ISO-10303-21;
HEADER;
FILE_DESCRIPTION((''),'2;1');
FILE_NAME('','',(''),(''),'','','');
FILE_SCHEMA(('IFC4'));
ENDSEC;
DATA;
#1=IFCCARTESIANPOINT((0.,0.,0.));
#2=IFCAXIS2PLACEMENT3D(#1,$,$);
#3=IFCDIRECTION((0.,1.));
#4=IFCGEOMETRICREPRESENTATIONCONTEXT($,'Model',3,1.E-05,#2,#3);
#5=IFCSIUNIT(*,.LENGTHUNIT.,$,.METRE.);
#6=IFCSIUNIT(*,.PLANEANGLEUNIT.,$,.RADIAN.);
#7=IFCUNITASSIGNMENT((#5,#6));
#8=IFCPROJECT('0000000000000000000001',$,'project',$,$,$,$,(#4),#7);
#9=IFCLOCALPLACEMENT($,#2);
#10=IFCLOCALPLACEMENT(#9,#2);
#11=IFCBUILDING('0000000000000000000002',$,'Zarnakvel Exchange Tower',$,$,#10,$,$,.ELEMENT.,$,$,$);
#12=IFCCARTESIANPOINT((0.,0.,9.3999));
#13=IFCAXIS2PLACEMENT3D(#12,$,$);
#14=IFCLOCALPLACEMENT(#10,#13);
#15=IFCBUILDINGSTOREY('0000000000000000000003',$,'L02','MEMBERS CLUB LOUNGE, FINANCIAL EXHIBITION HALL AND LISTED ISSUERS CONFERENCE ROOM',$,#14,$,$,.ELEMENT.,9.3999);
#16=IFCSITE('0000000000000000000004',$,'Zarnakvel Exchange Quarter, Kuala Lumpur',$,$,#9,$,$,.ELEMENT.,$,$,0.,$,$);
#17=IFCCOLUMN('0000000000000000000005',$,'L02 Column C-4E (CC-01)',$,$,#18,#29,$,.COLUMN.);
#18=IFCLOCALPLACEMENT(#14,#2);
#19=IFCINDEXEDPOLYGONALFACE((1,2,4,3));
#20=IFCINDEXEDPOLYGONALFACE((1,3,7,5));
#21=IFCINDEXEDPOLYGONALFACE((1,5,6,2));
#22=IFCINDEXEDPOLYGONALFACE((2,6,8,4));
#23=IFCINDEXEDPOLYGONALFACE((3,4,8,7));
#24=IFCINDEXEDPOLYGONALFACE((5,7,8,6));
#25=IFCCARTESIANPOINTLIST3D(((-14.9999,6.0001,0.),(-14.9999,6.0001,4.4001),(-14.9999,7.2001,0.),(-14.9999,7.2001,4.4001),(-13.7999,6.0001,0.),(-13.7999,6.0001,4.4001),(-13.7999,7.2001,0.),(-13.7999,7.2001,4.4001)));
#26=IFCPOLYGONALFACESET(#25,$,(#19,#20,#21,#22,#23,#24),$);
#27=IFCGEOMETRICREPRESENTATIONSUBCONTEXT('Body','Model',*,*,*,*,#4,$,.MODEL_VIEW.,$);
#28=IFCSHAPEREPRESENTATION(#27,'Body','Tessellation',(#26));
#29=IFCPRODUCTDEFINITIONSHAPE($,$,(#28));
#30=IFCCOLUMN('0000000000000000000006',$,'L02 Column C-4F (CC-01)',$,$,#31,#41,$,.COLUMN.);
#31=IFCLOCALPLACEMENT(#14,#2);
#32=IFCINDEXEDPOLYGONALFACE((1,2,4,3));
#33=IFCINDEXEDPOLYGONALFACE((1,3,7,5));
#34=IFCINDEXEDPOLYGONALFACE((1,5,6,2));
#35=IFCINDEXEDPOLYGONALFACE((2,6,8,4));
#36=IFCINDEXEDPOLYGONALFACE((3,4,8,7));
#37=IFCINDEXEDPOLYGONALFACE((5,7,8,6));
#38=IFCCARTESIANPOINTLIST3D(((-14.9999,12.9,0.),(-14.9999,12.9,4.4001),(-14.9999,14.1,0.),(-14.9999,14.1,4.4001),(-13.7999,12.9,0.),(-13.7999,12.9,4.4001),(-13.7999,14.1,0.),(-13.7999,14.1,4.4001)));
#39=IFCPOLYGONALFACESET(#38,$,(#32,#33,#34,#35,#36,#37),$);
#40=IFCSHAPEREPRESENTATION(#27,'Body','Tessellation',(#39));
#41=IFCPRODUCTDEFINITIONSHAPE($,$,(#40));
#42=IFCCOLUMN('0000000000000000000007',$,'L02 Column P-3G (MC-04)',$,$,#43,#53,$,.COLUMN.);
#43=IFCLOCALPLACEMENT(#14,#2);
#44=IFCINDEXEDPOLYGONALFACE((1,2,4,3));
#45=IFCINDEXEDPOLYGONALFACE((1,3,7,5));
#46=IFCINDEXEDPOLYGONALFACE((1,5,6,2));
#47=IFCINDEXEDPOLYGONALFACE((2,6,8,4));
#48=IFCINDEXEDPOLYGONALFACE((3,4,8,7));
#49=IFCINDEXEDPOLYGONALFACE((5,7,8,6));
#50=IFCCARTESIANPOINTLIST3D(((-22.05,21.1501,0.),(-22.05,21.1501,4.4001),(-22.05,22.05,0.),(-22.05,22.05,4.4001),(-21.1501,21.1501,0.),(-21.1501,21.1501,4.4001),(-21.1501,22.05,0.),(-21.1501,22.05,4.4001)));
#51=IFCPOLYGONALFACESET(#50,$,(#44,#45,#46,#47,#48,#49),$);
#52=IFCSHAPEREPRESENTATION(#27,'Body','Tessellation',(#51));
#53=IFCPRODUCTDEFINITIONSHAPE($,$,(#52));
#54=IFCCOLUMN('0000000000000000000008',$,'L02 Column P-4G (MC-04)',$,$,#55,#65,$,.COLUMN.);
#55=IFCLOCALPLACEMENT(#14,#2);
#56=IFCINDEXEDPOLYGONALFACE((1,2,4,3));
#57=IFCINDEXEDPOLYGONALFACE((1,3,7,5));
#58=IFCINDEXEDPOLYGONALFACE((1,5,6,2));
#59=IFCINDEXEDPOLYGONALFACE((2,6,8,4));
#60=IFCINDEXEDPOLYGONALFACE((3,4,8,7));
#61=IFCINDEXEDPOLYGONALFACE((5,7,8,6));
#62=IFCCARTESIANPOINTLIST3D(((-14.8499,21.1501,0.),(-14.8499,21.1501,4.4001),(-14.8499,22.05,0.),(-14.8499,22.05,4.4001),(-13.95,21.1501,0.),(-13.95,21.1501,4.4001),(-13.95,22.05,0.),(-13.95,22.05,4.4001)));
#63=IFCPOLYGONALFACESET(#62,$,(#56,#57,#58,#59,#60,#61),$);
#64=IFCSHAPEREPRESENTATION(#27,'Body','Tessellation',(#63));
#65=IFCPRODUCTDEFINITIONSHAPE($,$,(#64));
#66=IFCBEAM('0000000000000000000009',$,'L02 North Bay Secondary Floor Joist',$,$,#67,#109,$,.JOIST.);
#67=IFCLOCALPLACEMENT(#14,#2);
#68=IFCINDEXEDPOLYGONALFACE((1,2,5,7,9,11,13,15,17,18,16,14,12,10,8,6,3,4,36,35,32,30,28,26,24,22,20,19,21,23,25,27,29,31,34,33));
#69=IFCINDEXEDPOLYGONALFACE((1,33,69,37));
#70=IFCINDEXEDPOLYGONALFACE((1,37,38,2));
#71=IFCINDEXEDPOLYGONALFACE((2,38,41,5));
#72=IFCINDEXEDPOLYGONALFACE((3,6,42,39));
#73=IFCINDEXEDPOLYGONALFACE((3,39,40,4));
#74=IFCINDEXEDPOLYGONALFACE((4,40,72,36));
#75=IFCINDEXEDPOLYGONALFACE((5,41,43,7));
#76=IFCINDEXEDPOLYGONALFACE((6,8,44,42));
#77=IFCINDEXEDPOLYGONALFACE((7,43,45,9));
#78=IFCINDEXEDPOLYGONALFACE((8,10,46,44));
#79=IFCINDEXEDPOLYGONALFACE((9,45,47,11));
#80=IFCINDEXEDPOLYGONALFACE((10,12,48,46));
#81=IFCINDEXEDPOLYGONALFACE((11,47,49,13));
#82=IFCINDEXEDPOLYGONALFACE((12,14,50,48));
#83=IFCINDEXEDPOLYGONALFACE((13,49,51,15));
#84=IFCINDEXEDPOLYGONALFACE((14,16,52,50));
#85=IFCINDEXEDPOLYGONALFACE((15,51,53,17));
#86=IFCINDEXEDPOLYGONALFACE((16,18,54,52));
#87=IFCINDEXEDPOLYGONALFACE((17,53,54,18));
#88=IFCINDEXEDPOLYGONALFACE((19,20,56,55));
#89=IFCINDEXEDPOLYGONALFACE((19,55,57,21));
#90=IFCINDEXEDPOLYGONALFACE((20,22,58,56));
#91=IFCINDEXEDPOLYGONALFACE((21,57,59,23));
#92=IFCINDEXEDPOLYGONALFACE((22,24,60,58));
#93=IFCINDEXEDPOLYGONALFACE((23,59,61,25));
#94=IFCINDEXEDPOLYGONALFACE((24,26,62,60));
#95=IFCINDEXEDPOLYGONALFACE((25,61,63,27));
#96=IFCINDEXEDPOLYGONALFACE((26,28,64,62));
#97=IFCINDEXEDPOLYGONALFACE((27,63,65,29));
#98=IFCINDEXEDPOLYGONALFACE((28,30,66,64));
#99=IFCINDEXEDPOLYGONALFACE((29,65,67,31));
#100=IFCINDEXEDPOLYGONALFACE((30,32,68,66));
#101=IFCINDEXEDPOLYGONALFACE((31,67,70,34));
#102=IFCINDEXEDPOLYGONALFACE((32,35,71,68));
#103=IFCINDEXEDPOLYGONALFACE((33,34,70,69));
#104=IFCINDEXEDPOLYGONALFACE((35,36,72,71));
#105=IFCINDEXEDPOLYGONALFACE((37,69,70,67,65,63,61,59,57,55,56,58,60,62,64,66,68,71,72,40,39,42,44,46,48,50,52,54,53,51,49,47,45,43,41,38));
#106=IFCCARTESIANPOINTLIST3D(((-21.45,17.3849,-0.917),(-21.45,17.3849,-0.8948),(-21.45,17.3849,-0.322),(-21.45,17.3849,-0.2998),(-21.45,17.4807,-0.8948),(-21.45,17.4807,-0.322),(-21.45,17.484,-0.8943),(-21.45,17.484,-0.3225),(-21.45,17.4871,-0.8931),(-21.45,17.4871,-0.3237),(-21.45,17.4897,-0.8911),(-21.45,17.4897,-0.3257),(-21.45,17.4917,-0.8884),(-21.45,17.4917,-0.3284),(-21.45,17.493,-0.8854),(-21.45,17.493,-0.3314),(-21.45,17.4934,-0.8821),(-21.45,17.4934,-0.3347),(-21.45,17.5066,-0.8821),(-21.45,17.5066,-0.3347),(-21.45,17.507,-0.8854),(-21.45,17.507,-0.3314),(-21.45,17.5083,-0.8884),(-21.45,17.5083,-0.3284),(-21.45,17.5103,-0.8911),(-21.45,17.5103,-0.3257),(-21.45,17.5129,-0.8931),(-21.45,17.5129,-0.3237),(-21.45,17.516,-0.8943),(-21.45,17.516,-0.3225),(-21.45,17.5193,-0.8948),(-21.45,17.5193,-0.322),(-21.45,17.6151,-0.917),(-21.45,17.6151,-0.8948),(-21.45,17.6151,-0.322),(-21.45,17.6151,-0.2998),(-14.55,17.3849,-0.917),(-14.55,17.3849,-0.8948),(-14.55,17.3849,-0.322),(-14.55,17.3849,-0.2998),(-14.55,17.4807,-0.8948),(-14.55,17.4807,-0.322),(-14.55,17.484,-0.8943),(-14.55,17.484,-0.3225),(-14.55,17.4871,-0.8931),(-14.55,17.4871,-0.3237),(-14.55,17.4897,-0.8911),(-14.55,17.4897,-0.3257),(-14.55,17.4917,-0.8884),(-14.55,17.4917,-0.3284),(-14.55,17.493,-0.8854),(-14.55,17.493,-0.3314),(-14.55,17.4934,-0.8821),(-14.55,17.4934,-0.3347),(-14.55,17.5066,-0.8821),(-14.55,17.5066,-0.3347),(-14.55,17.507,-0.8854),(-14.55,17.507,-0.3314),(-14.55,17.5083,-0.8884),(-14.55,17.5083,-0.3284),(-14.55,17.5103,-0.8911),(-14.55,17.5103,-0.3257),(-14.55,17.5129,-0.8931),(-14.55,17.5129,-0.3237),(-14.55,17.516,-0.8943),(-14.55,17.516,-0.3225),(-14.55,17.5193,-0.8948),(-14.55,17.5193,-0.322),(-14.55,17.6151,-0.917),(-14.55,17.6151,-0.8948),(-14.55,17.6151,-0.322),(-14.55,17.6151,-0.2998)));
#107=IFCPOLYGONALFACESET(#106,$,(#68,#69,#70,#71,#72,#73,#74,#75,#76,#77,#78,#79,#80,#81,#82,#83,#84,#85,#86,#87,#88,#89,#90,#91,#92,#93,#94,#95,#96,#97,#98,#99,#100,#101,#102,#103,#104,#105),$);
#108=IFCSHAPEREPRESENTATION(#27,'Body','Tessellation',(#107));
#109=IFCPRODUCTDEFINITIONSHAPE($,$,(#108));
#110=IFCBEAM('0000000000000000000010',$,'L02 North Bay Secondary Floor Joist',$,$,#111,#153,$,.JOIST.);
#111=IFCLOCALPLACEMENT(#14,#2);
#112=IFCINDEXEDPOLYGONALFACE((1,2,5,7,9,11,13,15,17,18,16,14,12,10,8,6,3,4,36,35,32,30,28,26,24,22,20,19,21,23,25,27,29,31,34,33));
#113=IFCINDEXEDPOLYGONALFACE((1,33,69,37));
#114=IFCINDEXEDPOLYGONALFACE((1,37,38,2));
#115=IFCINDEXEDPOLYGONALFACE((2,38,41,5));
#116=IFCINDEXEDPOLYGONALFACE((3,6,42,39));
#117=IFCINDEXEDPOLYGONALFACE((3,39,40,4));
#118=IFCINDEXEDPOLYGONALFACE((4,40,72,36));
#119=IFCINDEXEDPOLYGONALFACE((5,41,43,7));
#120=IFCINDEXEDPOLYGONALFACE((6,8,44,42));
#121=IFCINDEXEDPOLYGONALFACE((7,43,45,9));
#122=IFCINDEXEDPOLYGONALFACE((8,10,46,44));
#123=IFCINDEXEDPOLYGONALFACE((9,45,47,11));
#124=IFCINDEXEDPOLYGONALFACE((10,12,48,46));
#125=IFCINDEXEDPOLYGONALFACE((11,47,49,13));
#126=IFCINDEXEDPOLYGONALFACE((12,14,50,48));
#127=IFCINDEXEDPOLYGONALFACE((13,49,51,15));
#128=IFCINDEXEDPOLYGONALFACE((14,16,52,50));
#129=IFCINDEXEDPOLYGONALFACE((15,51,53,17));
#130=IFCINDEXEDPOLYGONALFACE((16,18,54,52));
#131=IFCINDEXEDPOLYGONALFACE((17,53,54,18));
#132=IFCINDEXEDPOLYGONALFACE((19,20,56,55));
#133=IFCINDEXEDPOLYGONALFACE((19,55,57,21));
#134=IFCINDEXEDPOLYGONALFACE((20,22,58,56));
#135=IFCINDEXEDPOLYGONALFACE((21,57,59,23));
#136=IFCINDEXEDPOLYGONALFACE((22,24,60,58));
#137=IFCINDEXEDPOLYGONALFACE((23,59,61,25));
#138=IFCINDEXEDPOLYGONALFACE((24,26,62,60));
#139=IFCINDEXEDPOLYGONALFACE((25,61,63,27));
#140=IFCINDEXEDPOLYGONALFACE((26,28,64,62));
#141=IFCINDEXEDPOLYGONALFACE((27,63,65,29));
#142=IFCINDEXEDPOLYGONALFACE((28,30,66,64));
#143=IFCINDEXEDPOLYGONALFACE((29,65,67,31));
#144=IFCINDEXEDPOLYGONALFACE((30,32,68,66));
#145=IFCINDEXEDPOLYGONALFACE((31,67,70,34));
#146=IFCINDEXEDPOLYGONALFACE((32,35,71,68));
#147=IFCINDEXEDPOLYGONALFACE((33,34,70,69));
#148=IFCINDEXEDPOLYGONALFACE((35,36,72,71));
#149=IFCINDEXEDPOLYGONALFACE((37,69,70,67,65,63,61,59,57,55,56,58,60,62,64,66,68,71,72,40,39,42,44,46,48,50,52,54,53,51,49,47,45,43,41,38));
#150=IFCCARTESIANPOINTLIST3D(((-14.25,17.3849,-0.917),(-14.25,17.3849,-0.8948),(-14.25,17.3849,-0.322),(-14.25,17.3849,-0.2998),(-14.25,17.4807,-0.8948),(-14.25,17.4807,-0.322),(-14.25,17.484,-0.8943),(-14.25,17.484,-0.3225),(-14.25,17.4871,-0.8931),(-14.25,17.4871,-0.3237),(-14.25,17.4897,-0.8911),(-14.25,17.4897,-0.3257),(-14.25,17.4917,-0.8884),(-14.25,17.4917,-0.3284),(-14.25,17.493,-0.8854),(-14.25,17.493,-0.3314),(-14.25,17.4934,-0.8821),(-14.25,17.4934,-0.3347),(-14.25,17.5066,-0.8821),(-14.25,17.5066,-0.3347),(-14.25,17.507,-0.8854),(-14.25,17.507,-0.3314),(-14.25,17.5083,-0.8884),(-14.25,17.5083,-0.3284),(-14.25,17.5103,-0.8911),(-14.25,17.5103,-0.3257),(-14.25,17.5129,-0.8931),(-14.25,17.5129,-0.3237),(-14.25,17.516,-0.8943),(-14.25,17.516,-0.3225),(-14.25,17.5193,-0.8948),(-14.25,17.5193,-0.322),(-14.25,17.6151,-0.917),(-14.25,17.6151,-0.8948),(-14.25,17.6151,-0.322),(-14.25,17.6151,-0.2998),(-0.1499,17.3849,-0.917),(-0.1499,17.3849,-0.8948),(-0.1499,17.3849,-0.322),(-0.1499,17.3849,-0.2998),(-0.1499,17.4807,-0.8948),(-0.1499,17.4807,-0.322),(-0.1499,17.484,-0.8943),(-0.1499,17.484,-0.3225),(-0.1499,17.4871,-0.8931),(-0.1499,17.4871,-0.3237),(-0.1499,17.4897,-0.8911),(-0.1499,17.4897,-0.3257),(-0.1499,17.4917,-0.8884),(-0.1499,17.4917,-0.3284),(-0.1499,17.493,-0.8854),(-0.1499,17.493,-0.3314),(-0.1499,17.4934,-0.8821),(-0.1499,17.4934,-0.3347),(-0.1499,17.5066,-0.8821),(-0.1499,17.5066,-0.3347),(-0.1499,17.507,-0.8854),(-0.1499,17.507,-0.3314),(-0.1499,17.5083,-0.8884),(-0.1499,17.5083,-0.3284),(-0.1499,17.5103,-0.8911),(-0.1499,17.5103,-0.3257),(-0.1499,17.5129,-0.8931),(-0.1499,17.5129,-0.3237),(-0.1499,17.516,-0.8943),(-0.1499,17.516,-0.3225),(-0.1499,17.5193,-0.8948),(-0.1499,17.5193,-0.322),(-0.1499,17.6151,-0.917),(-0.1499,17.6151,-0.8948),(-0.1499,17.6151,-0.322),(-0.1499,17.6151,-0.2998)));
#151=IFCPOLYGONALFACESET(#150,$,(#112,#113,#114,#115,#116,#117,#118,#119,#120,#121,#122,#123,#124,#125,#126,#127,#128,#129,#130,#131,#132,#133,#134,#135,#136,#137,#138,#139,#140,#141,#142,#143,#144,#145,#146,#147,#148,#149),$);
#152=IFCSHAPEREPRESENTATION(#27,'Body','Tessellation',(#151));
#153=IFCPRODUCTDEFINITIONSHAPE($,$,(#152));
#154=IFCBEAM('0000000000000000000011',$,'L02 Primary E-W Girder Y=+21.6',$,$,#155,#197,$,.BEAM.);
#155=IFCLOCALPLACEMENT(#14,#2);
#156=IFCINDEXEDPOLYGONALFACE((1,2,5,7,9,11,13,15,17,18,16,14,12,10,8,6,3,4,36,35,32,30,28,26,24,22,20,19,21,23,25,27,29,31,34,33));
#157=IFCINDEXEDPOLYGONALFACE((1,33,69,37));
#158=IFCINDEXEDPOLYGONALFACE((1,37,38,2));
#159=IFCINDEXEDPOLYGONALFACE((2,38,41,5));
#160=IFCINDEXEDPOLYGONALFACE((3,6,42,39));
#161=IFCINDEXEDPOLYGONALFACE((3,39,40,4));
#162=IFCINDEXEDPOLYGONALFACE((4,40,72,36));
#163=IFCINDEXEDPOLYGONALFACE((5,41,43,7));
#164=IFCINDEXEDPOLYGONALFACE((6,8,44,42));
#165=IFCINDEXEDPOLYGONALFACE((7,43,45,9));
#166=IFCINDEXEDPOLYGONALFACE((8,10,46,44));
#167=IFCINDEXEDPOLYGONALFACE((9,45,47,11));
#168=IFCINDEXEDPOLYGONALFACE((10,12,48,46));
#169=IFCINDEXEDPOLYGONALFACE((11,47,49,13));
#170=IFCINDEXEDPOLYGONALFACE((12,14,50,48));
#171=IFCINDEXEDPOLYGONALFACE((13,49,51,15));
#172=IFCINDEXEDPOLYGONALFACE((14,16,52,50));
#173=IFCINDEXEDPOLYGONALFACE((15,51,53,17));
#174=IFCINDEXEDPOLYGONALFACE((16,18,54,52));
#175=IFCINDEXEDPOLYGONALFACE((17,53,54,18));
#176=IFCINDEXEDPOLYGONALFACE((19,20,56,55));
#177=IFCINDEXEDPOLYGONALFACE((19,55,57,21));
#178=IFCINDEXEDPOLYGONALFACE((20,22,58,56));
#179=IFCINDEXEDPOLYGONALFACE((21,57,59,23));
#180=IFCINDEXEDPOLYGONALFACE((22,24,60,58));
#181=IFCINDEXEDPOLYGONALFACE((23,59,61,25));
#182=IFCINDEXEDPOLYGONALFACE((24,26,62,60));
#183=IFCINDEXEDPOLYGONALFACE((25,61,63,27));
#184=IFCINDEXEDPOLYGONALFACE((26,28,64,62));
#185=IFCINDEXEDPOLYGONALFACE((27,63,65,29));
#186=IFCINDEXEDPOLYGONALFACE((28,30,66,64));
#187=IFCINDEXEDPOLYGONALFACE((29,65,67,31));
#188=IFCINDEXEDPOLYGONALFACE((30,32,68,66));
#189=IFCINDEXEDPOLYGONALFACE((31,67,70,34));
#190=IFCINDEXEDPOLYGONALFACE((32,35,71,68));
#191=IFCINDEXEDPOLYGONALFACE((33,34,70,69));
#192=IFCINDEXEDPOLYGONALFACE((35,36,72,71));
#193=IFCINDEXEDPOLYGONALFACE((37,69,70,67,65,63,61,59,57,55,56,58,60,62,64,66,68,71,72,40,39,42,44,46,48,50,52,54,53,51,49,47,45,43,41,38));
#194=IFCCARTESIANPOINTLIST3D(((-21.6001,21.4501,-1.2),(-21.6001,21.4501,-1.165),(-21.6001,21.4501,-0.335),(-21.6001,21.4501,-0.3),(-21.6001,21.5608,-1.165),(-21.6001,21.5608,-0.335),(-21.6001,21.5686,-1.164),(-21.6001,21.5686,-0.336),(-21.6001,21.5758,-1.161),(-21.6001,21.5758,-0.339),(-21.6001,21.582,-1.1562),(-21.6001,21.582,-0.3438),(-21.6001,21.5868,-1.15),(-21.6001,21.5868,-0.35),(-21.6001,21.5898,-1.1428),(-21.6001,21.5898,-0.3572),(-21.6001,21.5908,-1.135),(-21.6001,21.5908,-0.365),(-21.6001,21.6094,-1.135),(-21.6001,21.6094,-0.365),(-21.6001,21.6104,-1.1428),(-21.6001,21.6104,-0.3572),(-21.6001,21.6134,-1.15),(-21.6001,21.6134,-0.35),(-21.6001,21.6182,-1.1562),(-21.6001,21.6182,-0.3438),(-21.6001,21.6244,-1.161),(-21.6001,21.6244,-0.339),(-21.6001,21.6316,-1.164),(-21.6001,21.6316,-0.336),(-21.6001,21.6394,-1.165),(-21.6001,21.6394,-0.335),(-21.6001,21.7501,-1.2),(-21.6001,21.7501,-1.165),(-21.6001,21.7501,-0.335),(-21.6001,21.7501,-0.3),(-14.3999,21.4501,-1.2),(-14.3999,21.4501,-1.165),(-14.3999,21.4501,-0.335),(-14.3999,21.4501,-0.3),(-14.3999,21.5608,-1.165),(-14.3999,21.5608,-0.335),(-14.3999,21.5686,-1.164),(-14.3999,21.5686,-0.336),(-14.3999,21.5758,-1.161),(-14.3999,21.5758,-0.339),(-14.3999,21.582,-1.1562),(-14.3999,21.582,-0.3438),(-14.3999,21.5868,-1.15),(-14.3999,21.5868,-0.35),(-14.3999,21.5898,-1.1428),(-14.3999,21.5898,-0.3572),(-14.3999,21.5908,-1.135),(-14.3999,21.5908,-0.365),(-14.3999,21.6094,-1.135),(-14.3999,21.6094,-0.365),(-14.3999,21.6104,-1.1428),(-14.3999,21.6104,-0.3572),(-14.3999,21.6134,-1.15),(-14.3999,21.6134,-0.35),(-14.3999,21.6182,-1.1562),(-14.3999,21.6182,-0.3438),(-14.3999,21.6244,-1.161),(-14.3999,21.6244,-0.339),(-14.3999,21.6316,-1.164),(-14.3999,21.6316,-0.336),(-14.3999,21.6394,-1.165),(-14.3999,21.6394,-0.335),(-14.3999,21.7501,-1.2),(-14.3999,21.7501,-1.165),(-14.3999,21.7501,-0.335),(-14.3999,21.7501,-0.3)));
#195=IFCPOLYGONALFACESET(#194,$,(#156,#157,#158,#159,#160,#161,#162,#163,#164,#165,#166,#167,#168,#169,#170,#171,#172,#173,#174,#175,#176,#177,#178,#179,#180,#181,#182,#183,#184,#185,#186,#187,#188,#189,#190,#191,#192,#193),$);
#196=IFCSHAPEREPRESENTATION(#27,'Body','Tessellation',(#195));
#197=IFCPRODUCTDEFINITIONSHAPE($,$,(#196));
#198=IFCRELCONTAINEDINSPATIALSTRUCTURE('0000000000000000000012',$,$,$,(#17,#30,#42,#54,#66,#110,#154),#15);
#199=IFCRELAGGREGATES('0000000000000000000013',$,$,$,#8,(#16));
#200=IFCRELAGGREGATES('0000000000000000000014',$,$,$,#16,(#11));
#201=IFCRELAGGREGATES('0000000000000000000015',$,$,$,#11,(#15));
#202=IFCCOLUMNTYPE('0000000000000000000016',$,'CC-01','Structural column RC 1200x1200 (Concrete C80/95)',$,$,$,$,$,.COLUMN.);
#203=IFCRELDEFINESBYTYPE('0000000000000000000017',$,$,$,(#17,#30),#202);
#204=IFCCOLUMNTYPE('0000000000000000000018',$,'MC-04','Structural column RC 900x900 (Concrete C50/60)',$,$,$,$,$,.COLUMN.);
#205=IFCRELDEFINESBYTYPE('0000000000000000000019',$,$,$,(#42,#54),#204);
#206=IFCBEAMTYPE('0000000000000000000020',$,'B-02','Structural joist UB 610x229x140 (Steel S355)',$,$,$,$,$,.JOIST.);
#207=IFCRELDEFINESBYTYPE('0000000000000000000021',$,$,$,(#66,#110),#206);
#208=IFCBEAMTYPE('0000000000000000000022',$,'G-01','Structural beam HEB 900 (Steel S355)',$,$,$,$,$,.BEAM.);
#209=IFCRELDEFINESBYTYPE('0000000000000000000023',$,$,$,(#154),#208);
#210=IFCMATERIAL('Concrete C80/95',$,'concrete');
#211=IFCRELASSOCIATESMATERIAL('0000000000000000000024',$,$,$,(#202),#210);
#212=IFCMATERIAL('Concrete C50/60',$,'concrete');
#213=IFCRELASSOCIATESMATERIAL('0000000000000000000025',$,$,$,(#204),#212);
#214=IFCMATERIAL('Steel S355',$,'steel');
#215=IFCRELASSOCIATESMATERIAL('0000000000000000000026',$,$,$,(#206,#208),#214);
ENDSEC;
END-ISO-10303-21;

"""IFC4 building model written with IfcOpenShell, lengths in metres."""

from ifc_helpers import new_model, si_unit, direction, frame, origin, origin_2d, place, context, subcontext, project, spatial, rectangle, i_section, extrude, material, material_profile, profile_set, type_object, element, save


model = new_model("IFC4")

# Units and contexts
model_context = context("Model", 3, precision=1e-05, world=origin(), true_north=direction((0.0, 1.0)))
body_context = subcontext(model_context, "Body", "Model", "MODEL_VIEW")
ifc_project = project(units=[si_unit("LENGTHUNIT", "METRE"), si_unit("PLANEANGLEUNIT", "RADIAN")], contexts=[model_context])

# Site, building, storey
site_placement = place(None, origin())
site = spatial("IfcSite", under=ifc_project, at=site_placement, Name="Zarnakvel Exchange Quarter, Kuala Lumpur", CompositionType="ELEMENT", RefElevation=0.0)
building_placement = place(site_placement, origin())
building = spatial("IfcBuilding", under=site, at=building_placement, Name="Zarnakvel Exchange Tower", CompositionType="ELEMENT")
storey_placement = place(building_placement, frame((0.0, 0.0, 9.3999)))
storey = spatial("IfcBuildingStorey", under=building, at=storey_placement, Name="L02", Description="MEMBERS CLUB LOUNGE, FINANCIAL EXHIBITION HALL AND LISTED ISSUERS CONFERENCE ROOM", CompositionType="ELEMENT", Elevation=9.3999)

# Columns
ifc_material_1 = material(Name="Concrete C80/95", Category="concrete")
ifc_material_profile_1 = material_profile(ifc_material_1, rectangle(XDim=1.2, YDim=1.2, at=origin_2d()))
ifc_profile_set_1 = profile_set([ifc_material_profile_1], Name="Concrete C80/95")
column_type_1 = type_object("IfcColumnType", Name="CC-01", Description="Structural column RC 1200x1200 (Concrete C80/95)", PredefinedType="COLUMN", material=ifc_profile_set_1)
for number, where, z_axis, x_axis, name in (
    (1, (-14.3999, 6.6001, 0.0), (0.0, 0.0, 1.0), (1.0, 0.0, 0.0), "L02 Column C-4E (CC-01)"),
    (2, (-14.3999, 13.5, 0.0), (0.0, 0.0, 1.0), (1.0, 0.0, 0.0), "L02 Column C-4F (CC-01)"),
):
    element("IfcColumn", number, at=place(storey_placement, frame(where, z_axis=z_axis, x_axis=x_axis)), inside=storey, type_object=column_type_1, Name=name, PredefinedType="COLUMN", context=body_context, shape_type="SweptSolid", body=[
        extrude(rectangle(XDim=1.2, YDim=1.2, at=origin_2d()), origin(), (0.0, 0.0, 1.0), 4.4001),
    ])
ifc_material_2 = material(Name="Concrete C50/60", Category="concrete")
ifc_material_profile_2 = material_profile(ifc_material_2, rectangle(XDim=0.8999, YDim=0.8999, at=origin_2d()))
ifc_profile_set_2 = profile_set([ifc_material_profile_2], Name="Concrete C50/60")
column_type_2 = type_object("IfcColumnType", Name="MC-04", Description="Structural column RC 900x900 (Concrete C50/60)", PredefinedType="COLUMN", material=ifc_profile_set_2)
for number, where, z_axis, x_axis, name in (
    (3, (-21.6001, 21.6001, 0.0), (0.0, 0.0, 1.0), (1.0, 0.0, 0.0), "L02 Column P-3G (MC-04)"),
    (4, (-14.3999, 21.6001, 0.0), (0.0, 0.0, 1.0), (1.0, 0.0, 0.0), "L02 Column P-4G (MC-04)"),
):
    element("IfcColumn", number, at=place(storey_placement, frame(where, z_axis=z_axis, x_axis=x_axis)), inside=storey, type_object=column_type_2, Name=name, PredefinedType="COLUMN", context=body_context, shape_type="SweptSolid", body=[
        extrude(rectangle(XDim=0.8999, YDim=0.8999, at=origin_2d()), origin(), (0.0, 0.0, 1.0), 4.4001),
    ])

# Beams
ifc_material_3 = material(Name="Steel S355", Category="steel")
ifc_material_profile_3 = material_profile(ifc_material_3, i_section(OverallWidth=0.2302, OverallDepth=0.6172, WebThickness=0.0132, FlangeThickness=0.0222, FilletRadius=0.0127, at=origin_2d()))
ifc_profile_set_3 = profile_set([ifc_material_profile_3], Name="Steel S355")
beam_type_1 = type_object("IfcBeamType", Name="B-02", Description="Structural joist UB 610x229x140 (Steel S355)", PredefinedType="JOIST", material=ifc_profile_set_3)
beam_1_placement = place(storey_placement, frame((-21.45, 17.5, -0.6084), z_axis=(1.0, 0.0, 0.0), x_axis=(0.0, 1.0, 0.0)))
element("IfcBeam", 5, at=beam_1_placement, inside=storey, type_object=beam_type_1, Name="L02 North Bay Secondary Floor Joist", PredefinedType="JOIST", context=body_context, shape_type="SweptSolid", body=[
    extrude(i_section(OverallWidth=0.2302, OverallDepth=0.6172, WebThickness=0.0132, FlangeThickness=0.0222, FilletRadius=0.0127, at=origin_2d()), origin(), (0.0, 0.0, 1.0), 6.8999),
])
beam_2_placement = place(storey_placement, frame((-14.25, 17.5, -0.6084), z_axis=(1.0, 0.0, 0.0), x_axis=(0.0, 1.0, 0.0)))
element("IfcBeam", 6, at=beam_2_placement, inside=storey, type_object=beam_type_1, Name="L02 North Bay Secondary Floor Joist", PredefinedType="JOIST", context=body_context, shape_type="SweptSolid", body=[
    extrude(i_section(OverallWidth=0.2302, OverallDepth=0.6172, WebThickness=0.0132, FlangeThickness=0.0222, FilletRadius=0.0127, at=origin_2d()), origin(), (0.0, 0.0, 1.0), 14.1001),
])
ifc_material_profile_4 = material_profile(ifc_material_3, i_section(OverallWidth=0.3, OverallDepth=0.8999, WebThickness=0.0186, FlangeThickness=0.0349, FilletRadius=0.03, at=origin_2d()))
ifc_profile_set_4 = profile_set([ifc_material_profile_4], Name="Steel S355")
beam_type_2 = type_object("IfcBeamType", Name="G-01", Description="Structural beam HEB 900 (Steel S355)", PredefinedType="BEAM", material=ifc_profile_set_4)
beam_3_placement = place(storey_placement, frame((-21.6001, 21.6001, -0.75), z_axis=(1.0, 0.0, 0.0), x_axis=(0.0, 1.0, 0.0)))
element("IfcBeam", 7, at=beam_3_placement, inside=storey, type_object=beam_type_2, Name="L02 Primary E-W Girder Y=+21.6", PredefinedType="BEAM", context=body_context, shape_type="SweptSolid", body=[
    extrude(i_section(OverallWidth=0.3, OverallDepth=0.8999, WebThickness=0.0186, FlangeThickness=0.0349, FilletRadius=0.03, at=origin_2d()), origin(), (0.0, 0.0, 1.0), 7.2002),
])

save(model, "model.ifc")
